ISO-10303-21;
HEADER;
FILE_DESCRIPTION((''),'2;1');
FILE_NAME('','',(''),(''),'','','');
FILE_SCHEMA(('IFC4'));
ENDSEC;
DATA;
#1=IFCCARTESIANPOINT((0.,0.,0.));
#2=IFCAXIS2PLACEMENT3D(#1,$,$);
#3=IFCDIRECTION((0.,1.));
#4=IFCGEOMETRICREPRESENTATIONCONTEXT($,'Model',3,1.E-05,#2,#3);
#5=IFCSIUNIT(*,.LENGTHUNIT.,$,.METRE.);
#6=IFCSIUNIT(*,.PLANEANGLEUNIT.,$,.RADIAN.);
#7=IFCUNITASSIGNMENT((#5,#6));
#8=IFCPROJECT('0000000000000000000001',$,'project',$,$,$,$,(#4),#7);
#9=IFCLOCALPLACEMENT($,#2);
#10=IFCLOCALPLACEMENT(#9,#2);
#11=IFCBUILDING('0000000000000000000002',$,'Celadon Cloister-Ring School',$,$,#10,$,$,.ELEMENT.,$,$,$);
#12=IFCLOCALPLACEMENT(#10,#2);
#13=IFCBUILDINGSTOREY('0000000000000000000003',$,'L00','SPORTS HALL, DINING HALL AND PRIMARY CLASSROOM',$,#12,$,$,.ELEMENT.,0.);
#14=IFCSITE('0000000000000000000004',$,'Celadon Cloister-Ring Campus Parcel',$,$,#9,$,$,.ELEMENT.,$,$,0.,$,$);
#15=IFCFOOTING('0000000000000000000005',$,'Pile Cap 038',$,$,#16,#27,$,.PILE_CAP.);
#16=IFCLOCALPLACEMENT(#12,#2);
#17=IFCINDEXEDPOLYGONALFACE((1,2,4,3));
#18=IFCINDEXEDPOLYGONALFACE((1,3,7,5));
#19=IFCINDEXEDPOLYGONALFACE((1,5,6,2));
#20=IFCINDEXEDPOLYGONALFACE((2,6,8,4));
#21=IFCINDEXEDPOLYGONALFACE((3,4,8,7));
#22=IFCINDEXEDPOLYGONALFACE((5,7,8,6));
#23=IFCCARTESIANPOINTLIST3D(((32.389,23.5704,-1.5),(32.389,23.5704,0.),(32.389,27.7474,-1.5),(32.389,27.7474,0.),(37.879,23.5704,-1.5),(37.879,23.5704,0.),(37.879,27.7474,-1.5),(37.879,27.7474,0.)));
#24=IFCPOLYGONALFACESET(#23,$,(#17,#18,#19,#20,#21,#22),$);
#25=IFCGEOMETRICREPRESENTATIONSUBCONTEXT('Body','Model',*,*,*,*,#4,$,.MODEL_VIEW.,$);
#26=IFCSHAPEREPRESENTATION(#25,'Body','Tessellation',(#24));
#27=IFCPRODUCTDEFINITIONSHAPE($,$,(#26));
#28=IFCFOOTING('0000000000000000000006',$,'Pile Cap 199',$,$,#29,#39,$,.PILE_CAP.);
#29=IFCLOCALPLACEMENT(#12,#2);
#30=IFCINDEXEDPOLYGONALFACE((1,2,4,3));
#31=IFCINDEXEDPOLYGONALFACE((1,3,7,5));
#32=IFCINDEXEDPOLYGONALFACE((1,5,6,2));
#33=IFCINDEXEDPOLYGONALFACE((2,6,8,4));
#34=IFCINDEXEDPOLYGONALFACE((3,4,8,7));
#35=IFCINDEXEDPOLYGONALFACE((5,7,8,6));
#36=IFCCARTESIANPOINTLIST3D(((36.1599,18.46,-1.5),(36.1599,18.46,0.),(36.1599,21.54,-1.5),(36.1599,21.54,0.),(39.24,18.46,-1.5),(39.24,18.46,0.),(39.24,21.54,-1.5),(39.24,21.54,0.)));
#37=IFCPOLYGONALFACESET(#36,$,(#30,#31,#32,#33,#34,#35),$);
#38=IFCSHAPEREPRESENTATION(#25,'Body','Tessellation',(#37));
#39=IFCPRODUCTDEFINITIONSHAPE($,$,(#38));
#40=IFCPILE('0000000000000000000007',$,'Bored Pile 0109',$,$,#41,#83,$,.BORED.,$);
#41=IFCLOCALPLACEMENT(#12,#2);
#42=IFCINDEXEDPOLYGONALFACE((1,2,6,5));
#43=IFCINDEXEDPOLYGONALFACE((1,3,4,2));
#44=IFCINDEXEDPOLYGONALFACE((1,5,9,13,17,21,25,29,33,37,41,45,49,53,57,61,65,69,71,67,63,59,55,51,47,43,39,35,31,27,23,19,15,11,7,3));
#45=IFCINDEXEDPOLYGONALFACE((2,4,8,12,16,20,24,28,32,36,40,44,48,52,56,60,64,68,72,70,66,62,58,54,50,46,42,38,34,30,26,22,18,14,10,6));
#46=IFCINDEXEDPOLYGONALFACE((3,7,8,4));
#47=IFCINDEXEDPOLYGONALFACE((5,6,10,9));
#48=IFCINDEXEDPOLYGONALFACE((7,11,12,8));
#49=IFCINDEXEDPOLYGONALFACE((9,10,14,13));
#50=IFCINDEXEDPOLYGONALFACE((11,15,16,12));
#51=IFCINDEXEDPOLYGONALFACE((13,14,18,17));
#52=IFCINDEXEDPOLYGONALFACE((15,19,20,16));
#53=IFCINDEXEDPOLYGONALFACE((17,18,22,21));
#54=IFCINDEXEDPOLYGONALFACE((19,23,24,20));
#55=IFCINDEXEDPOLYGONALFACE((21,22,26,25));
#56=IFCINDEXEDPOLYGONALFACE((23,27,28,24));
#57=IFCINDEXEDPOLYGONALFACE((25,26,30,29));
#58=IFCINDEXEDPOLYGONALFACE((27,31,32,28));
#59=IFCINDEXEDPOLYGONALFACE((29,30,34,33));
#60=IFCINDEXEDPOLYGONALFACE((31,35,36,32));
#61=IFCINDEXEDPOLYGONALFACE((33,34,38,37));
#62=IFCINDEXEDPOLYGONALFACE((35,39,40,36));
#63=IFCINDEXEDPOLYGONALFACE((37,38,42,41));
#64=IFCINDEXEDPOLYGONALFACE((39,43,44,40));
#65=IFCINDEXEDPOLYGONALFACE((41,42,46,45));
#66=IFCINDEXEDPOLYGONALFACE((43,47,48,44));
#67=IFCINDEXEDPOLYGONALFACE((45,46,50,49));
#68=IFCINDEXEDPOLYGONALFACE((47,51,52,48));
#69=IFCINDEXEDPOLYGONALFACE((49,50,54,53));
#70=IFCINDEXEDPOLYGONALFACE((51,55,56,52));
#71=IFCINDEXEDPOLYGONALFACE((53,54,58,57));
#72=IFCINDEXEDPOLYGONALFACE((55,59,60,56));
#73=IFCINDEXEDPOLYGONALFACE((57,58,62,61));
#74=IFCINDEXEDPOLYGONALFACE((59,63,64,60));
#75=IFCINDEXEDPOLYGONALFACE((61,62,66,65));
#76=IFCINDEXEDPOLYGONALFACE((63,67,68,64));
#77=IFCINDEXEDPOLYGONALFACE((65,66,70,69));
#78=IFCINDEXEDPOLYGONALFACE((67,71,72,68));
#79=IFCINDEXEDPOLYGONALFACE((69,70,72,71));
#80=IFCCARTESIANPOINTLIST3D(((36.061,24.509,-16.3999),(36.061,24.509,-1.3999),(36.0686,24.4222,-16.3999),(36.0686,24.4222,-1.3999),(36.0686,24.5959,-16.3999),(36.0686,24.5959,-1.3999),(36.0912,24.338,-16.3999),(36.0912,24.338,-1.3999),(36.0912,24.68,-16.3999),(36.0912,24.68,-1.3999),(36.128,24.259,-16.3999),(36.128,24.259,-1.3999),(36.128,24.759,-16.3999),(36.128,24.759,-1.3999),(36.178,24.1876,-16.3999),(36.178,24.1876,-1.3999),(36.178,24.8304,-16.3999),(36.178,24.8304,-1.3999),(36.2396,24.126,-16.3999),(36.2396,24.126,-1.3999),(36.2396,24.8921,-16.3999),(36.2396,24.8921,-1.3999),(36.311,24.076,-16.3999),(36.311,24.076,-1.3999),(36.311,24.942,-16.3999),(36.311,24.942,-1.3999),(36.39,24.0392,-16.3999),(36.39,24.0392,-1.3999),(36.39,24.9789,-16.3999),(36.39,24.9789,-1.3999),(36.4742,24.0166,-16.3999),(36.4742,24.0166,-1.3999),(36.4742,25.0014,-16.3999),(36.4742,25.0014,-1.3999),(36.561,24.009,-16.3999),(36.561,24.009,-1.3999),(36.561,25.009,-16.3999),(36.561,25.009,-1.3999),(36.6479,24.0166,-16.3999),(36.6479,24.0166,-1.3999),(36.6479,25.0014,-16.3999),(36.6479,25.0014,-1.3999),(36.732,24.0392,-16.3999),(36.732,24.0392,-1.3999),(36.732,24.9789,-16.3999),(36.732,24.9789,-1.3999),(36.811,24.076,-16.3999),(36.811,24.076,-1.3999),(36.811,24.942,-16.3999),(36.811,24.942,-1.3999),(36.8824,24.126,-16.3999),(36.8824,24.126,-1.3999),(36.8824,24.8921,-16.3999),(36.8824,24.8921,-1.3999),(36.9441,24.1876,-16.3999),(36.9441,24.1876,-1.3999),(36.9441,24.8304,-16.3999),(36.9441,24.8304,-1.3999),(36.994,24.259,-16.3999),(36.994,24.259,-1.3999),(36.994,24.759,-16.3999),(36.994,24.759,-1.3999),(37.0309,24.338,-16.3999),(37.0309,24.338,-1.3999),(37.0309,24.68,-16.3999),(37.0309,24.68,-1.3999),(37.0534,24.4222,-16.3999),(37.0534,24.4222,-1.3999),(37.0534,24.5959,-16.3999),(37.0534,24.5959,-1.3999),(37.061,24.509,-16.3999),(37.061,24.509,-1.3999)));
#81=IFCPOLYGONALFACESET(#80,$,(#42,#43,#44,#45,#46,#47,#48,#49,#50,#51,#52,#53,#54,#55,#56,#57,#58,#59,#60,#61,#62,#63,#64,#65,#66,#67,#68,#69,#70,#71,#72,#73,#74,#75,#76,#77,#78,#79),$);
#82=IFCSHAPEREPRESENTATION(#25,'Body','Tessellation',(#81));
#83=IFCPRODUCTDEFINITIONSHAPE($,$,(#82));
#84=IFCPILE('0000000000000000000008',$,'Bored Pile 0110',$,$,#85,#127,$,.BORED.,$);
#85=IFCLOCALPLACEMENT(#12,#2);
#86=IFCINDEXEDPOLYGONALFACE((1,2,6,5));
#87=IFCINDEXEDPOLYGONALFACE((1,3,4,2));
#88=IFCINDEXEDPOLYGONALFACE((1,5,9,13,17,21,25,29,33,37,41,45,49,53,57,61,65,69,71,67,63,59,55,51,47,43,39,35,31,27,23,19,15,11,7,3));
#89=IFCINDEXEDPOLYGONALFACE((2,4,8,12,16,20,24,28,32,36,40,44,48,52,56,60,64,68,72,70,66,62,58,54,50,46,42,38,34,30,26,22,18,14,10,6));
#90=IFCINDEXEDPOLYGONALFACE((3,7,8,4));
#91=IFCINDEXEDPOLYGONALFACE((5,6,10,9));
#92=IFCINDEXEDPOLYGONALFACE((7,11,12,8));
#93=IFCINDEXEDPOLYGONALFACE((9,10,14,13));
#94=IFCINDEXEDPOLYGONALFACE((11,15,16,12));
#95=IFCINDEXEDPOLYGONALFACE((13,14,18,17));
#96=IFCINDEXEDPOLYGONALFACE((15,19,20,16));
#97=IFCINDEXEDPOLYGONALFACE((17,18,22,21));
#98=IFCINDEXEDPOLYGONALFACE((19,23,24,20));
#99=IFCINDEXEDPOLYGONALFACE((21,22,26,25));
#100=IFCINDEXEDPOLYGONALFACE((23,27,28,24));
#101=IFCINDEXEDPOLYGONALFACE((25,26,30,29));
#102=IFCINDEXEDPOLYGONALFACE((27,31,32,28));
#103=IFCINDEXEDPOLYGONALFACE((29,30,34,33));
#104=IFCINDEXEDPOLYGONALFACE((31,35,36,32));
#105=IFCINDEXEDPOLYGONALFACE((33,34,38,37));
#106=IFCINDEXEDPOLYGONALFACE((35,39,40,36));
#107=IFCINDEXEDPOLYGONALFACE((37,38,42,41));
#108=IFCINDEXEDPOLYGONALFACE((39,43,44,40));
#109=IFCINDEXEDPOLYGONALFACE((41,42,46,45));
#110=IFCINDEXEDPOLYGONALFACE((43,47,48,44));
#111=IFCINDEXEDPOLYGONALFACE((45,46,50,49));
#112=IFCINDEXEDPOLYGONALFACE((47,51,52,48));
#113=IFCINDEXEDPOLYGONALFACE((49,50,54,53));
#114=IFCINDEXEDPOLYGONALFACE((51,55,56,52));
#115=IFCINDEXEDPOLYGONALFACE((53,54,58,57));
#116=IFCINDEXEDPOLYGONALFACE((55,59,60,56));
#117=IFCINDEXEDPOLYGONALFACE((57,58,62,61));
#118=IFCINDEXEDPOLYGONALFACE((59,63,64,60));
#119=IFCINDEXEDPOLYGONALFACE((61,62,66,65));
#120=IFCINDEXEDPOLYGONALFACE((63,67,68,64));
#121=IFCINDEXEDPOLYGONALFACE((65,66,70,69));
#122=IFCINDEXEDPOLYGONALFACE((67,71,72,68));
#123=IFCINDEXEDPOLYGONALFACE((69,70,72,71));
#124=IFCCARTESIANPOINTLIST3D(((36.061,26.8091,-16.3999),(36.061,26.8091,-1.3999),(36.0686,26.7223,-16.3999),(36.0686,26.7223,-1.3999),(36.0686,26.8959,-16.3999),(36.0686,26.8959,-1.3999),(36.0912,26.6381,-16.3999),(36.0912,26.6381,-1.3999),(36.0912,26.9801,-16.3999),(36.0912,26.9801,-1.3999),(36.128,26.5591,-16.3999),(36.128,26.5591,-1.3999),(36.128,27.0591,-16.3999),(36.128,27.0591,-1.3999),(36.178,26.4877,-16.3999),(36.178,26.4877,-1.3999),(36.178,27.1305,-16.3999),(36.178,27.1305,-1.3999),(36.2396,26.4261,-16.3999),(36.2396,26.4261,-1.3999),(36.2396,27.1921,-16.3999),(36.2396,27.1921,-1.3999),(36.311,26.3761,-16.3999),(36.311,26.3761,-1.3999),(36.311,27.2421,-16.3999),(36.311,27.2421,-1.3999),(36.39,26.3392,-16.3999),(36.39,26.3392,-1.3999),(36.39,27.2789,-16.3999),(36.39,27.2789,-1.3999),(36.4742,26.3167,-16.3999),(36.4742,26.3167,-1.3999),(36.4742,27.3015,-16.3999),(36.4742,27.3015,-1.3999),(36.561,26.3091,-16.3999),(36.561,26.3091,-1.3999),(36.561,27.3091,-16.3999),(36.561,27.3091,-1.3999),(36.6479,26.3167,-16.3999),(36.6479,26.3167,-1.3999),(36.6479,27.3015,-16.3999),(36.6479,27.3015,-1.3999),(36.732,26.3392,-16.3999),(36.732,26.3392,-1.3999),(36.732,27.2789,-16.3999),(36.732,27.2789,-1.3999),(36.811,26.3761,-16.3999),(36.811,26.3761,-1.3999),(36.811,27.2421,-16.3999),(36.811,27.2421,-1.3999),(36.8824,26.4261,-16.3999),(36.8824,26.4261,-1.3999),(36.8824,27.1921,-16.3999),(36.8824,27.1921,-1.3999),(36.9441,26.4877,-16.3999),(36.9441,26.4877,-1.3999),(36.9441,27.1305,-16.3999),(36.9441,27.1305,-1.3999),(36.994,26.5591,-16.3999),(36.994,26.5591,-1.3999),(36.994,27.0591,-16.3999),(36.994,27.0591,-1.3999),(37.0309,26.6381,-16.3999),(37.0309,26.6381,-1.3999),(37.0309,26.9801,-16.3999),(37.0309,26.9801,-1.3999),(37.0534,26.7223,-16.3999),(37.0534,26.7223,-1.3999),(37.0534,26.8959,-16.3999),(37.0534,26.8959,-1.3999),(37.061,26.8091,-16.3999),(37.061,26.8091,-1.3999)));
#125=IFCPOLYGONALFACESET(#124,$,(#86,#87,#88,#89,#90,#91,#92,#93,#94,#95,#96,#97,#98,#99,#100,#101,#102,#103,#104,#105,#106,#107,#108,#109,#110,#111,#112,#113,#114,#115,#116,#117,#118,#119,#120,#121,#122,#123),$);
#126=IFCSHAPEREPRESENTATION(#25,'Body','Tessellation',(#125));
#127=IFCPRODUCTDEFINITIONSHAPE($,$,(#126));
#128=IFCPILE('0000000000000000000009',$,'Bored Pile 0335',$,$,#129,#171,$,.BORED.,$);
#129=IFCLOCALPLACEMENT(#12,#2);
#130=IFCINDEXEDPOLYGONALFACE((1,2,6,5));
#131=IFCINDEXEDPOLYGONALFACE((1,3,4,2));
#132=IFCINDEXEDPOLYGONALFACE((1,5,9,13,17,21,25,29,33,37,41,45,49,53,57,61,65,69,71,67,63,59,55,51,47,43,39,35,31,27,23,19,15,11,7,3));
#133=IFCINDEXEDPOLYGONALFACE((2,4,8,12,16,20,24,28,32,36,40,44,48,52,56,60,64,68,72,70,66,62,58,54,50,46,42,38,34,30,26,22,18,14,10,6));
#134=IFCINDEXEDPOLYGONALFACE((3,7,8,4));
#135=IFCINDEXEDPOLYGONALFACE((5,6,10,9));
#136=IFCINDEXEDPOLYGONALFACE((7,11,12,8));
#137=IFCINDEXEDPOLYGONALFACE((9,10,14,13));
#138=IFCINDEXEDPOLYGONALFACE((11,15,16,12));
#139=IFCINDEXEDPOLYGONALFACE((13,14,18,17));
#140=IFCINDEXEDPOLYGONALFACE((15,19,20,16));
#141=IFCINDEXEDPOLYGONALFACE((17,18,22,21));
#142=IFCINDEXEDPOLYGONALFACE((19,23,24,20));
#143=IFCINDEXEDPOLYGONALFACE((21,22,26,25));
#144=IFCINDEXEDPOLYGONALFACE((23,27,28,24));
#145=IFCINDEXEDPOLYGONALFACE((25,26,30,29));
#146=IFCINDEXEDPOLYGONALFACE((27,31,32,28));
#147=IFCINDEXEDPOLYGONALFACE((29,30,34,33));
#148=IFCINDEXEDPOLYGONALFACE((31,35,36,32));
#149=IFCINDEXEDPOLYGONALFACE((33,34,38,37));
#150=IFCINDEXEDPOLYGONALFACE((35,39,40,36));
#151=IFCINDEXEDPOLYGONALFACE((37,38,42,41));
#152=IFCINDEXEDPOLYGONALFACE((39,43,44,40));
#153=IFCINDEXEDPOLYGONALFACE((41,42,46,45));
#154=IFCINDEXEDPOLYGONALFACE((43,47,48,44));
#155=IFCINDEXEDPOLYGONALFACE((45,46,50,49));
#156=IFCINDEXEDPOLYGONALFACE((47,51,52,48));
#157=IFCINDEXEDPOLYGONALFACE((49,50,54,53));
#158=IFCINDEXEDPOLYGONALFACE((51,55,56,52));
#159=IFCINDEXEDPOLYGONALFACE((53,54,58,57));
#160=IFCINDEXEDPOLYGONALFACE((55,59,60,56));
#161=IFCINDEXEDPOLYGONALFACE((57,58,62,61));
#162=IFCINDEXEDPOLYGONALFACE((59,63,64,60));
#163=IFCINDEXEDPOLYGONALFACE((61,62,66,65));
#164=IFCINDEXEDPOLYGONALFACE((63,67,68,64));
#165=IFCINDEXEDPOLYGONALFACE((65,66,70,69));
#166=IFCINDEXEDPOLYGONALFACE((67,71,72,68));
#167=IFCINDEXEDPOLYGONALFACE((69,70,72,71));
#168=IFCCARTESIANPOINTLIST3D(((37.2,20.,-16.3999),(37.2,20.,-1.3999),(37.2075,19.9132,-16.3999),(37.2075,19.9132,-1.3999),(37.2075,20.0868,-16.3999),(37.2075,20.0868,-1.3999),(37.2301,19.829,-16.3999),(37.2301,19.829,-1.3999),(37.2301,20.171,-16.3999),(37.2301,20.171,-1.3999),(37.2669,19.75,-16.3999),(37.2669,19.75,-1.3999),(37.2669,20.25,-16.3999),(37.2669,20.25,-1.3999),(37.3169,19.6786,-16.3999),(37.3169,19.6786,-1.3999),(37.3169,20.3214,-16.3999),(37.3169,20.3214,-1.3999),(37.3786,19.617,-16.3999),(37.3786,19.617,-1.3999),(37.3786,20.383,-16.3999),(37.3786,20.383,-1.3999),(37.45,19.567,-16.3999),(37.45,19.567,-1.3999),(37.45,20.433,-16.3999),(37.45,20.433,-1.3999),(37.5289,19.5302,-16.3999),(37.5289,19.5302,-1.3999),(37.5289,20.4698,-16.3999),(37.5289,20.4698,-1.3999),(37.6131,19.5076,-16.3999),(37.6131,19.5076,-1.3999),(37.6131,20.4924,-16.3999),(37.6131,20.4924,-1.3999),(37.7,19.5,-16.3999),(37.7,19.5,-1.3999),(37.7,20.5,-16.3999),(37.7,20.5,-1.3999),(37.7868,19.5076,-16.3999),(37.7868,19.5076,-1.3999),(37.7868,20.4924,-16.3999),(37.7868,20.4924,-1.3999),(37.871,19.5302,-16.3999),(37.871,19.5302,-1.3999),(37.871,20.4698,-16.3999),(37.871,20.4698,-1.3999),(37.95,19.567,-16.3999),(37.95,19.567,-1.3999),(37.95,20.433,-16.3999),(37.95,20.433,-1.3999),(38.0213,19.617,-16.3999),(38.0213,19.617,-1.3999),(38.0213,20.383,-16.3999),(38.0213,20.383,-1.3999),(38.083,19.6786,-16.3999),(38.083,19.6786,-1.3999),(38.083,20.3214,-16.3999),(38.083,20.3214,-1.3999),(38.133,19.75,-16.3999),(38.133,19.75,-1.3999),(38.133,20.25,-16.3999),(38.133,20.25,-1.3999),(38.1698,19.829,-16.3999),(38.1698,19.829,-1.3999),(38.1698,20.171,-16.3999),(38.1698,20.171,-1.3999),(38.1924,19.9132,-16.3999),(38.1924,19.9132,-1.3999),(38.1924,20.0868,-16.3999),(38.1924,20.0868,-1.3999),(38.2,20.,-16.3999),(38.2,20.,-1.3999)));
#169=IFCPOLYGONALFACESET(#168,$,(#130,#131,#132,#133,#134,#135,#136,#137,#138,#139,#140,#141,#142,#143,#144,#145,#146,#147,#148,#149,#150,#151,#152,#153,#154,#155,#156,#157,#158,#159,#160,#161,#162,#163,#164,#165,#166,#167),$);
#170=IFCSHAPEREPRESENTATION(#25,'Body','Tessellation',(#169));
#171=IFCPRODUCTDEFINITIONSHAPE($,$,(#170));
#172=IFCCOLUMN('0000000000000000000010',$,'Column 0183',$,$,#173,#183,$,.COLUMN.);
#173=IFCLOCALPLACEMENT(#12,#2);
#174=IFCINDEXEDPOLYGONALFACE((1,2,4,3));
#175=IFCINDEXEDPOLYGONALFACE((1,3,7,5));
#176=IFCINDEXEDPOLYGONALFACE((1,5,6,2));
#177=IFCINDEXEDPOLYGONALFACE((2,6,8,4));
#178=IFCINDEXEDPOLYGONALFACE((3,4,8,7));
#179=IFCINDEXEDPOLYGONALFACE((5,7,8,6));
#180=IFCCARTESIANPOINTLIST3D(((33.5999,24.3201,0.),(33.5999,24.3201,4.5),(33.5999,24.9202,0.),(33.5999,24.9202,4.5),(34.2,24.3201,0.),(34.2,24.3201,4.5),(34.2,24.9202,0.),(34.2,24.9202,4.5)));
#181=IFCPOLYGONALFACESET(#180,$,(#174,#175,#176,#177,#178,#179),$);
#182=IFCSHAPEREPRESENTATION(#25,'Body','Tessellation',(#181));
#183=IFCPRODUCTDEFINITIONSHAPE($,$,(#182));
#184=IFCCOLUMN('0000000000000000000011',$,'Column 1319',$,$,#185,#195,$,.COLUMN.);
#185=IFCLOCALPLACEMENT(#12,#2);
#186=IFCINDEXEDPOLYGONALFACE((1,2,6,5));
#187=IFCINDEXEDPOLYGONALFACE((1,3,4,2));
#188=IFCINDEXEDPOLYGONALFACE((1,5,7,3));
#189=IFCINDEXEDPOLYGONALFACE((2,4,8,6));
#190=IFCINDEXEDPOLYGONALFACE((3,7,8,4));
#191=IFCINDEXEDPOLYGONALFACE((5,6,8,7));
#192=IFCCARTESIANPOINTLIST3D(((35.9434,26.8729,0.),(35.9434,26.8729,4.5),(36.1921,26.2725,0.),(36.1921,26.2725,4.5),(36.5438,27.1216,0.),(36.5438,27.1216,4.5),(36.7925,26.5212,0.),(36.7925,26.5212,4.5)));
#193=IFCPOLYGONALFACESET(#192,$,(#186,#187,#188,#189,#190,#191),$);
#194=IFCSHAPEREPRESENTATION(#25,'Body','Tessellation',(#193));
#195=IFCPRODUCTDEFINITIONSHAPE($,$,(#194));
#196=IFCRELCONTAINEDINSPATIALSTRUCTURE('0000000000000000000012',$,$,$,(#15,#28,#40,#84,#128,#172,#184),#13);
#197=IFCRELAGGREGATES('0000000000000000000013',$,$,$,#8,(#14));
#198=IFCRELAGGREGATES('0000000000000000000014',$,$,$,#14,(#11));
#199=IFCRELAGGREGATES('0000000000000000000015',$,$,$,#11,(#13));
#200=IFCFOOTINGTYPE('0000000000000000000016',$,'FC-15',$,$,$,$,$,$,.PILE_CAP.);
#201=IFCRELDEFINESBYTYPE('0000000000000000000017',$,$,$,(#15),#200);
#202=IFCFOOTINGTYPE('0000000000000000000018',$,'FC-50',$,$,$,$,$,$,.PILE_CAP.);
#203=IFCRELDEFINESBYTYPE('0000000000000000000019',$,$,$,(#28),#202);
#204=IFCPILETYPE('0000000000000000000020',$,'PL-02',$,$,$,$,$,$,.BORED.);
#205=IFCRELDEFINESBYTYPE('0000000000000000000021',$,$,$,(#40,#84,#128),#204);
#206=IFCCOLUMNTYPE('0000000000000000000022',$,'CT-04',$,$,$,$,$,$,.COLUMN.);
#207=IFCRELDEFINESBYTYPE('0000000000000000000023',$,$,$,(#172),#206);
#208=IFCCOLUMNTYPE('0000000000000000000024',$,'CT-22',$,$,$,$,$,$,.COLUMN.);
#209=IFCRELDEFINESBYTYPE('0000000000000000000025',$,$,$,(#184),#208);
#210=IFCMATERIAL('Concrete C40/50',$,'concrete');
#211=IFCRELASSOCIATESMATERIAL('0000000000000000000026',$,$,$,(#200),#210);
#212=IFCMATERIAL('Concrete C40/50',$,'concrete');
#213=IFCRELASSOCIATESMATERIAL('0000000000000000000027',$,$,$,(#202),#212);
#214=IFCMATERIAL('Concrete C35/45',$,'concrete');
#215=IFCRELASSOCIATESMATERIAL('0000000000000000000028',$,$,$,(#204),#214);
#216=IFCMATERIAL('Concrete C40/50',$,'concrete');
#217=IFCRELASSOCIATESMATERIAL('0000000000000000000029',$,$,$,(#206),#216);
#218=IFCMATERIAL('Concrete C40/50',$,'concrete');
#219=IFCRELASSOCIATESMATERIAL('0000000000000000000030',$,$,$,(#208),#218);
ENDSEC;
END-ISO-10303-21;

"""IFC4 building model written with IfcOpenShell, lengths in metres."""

from ifc_helpers import new_model, si_unit, direction, frame, origin, origin_2d, place, context, subcontext, project, spatial, rectangle, circle, extrude, material, material_profile, profile_set, type_object, element, save


model = new_model("IFC4")

# Units and contexts
model_context = context("Model", 3, precision=1e-05, world=origin(), true_north=direction((0.0, 1.0)))
body_context = subcontext(model_context, "Body", "Model", "MODEL_VIEW")
ifc_project = project(units=[si_unit("LENGTHUNIT", "METRE"), si_unit("PLANEANGLEUNIT", "RADIAN")], contexts=[model_context])

# Site, building, storey
site_placement = place(None, origin())
site = spatial("IfcSite", under=ifc_project, at=site_placement, Name="Celadon Cloister-Ring Campus Parcel", CompositionType="ELEMENT", RefElevation=0.0)
building_placement = place(site_placement, origin())
building = spatial("IfcBuilding", under=site, at=building_placement, Name="Celadon Cloister-Ring School", CompositionType="ELEMENT")
storey_placement = place(building_placement, origin())
storey = spatial("IfcBuildingStorey", under=building, at=storey_placement, Name="L00", Description="SPORTS HALL, DINING HALL AND PRIMARY CLASSROOM", CompositionType="ELEMENT", Elevation=0.0)

# Footings
ifc_material_1 = material(Name="Concrete C40/50", Category="concrete")
footing_type_1 = type_object("IfcFootingType", Name="FC-15", PredefinedType="PILE_CAP", material=ifc_material_1)
footing_1_placement = place(storey_placement, frame((35.134, 25.6589, -1.5), z_axis=(0.0, 0.0, 1.0), x_axis=(1.0, 0.0, 0.0)))
element("IfcFooting", 1, at=footing_1_placement, inside=storey, type_object=footing_type_1, Name="Pile Cap 038", PredefinedType="PILE_CAP", context=body_context, shape_type="SweptSolid", body=[
    extrude(rectangle(XDim=5.49, YDim=4.177, at=origin_2d()), origin(), (0.0, 0.0, 1.0), 1.5),
])
ifc_material_2 = material(Name="Concrete C40/50", Category="concrete")
footing_type_2 = type_object("IfcFootingType", Name="FC-50", PredefinedType="PILE_CAP", material=ifc_material_2)
footing_2_placement = place(storey_placement, frame((37.7, 20.0, -1.5), z_axis=(0.0, 0.0, 1.0), x_axis=(1.0, 0.0, 0.0)))
element("IfcFooting", 2, at=footing_2_placement, inside=storey, type_object=footing_type_2, Name="Pile Cap 199", PredefinedType="PILE_CAP", context=body_context, shape_type="SweptSolid", body=[
    extrude(rectangle(XDim=3.0801, YDim=3.0801, at=origin_2d()), origin(), (0.0, 0.0, 1.0), 1.5),
])

# Piles
ifc_material_3 = material(Name="Concrete C35/45", Category="concrete")
ifc_material_profile_1 = material_profile(ifc_material_3, circle(Radius=0.5, at=origin_2d()), Name="PILE1000")
ifc_profile_set_1 = profile_set([ifc_material_profile_1], Name="Concrete C35/45")
pile_type = type_object("IfcPileType", Name="PL-02", PredefinedType="BORED", material=ifc_profile_set_1)
for number, where, z_axis, x_axis, name in (
    (3, (36.561, 24.509, -1.3999), (0.0, 0.0, -1.0), (1.0, 0.0, 0.0), "Bored Pile 0109"),
    (4, (36.561, 26.8091, -1.3999), (0.0, 0.0, -1.0), (1.0, 0.0, 0.0), "Bored Pile 0110"),
    (5, (37.7, 20.0, -1.3999), (0.0, 0.0, -1.0), (1.0, 0.0, 0.0), "Bored Pile 0335"),
):
    element("IfcPile", number, at=place(storey_placement, frame(where, z_axis=z_axis, x_axis=x_axis)), inside=storey, type_object=pile_type, Name=name, PredefinedType="BORED", context=body_context, shape_type="SweptSolid", body=[
        extrude(circle(Radius=0.5, at=origin_2d()), origin(), (0.0, 0.0, 1.0), 15.0),
    ])

# Columns
ifc_material_4 = material(Name="Concrete C40/50", Category="concrete")
ifc_material_profile_2 = material_profile(ifc_material_4, rectangle(XDim=0.6001, YDim=0.6001, at=origin_2d()), Name="RC600X600")
ifc_profile_set_2 = profile_set([ifc_material_profile_2], Name="Concrete C40/50")
column_type_1 = type_object("IfcColumnType", Name="CT-04", PredefinedType="COLUMN", material=ifc_profile_set_2)
column_1_placement = place(storey_placement, frame((33.8999, 24.6201, 0.0), z_axis=(0.0, 0.0, 1.0), x_axis=(1.0, 0.0, 0.0)))
element("IfcColumn", 6, at=column_1_placement, inside=storey, type_object=column_type_1, Name="Column 0183", PredefinedType="COLUMN", context=body_context, shape_type="SweptSolid", body=[
    extrude(rectangle(XDim=0.6001, YDim=0.6001, at=origin_2d()), origin(), (0.0, 0.0, 1.0), 4.5),
])
ifc_material_5 = material(Name="Concrete C40/50", Category="concrete")
ifc_material_profile_3 = material_profile(ifc_material_5, rectangle(XDim=0.6499, YDim=0.6499, at=origin_2d()), Name="RC650X650")
ifc_profile_set_3 = profile_set([ifc_material_profile_3], Name="Concrete C40/50")
column_type_2 = type_object("IfcColumnType", Name="CT-22", PredefinedType="COLUMN", material=ifc_profile_set_3)
column_2_placement = place(storey_placement, frame((36.3679, 26.697, 0.0), z_axis=(0.0, 0.0, 1.0), x_axis=(0.92388, 0.382683, 0.0)))
element("IfcColumn", 7, at=column_2_placement, inside=storey, type_object=column_type_2, Name="Column 1319", PredefinedType="COLUMN", context=body_context, shape_type="SweptSolid", body=[
    extrude(rectangle(XDim=0.6499, YDim=0.6499, at=origin_2d()), origin(), (0.0, 0.0, 1.0), 4.5),
])

save(model, "model.ifc")
